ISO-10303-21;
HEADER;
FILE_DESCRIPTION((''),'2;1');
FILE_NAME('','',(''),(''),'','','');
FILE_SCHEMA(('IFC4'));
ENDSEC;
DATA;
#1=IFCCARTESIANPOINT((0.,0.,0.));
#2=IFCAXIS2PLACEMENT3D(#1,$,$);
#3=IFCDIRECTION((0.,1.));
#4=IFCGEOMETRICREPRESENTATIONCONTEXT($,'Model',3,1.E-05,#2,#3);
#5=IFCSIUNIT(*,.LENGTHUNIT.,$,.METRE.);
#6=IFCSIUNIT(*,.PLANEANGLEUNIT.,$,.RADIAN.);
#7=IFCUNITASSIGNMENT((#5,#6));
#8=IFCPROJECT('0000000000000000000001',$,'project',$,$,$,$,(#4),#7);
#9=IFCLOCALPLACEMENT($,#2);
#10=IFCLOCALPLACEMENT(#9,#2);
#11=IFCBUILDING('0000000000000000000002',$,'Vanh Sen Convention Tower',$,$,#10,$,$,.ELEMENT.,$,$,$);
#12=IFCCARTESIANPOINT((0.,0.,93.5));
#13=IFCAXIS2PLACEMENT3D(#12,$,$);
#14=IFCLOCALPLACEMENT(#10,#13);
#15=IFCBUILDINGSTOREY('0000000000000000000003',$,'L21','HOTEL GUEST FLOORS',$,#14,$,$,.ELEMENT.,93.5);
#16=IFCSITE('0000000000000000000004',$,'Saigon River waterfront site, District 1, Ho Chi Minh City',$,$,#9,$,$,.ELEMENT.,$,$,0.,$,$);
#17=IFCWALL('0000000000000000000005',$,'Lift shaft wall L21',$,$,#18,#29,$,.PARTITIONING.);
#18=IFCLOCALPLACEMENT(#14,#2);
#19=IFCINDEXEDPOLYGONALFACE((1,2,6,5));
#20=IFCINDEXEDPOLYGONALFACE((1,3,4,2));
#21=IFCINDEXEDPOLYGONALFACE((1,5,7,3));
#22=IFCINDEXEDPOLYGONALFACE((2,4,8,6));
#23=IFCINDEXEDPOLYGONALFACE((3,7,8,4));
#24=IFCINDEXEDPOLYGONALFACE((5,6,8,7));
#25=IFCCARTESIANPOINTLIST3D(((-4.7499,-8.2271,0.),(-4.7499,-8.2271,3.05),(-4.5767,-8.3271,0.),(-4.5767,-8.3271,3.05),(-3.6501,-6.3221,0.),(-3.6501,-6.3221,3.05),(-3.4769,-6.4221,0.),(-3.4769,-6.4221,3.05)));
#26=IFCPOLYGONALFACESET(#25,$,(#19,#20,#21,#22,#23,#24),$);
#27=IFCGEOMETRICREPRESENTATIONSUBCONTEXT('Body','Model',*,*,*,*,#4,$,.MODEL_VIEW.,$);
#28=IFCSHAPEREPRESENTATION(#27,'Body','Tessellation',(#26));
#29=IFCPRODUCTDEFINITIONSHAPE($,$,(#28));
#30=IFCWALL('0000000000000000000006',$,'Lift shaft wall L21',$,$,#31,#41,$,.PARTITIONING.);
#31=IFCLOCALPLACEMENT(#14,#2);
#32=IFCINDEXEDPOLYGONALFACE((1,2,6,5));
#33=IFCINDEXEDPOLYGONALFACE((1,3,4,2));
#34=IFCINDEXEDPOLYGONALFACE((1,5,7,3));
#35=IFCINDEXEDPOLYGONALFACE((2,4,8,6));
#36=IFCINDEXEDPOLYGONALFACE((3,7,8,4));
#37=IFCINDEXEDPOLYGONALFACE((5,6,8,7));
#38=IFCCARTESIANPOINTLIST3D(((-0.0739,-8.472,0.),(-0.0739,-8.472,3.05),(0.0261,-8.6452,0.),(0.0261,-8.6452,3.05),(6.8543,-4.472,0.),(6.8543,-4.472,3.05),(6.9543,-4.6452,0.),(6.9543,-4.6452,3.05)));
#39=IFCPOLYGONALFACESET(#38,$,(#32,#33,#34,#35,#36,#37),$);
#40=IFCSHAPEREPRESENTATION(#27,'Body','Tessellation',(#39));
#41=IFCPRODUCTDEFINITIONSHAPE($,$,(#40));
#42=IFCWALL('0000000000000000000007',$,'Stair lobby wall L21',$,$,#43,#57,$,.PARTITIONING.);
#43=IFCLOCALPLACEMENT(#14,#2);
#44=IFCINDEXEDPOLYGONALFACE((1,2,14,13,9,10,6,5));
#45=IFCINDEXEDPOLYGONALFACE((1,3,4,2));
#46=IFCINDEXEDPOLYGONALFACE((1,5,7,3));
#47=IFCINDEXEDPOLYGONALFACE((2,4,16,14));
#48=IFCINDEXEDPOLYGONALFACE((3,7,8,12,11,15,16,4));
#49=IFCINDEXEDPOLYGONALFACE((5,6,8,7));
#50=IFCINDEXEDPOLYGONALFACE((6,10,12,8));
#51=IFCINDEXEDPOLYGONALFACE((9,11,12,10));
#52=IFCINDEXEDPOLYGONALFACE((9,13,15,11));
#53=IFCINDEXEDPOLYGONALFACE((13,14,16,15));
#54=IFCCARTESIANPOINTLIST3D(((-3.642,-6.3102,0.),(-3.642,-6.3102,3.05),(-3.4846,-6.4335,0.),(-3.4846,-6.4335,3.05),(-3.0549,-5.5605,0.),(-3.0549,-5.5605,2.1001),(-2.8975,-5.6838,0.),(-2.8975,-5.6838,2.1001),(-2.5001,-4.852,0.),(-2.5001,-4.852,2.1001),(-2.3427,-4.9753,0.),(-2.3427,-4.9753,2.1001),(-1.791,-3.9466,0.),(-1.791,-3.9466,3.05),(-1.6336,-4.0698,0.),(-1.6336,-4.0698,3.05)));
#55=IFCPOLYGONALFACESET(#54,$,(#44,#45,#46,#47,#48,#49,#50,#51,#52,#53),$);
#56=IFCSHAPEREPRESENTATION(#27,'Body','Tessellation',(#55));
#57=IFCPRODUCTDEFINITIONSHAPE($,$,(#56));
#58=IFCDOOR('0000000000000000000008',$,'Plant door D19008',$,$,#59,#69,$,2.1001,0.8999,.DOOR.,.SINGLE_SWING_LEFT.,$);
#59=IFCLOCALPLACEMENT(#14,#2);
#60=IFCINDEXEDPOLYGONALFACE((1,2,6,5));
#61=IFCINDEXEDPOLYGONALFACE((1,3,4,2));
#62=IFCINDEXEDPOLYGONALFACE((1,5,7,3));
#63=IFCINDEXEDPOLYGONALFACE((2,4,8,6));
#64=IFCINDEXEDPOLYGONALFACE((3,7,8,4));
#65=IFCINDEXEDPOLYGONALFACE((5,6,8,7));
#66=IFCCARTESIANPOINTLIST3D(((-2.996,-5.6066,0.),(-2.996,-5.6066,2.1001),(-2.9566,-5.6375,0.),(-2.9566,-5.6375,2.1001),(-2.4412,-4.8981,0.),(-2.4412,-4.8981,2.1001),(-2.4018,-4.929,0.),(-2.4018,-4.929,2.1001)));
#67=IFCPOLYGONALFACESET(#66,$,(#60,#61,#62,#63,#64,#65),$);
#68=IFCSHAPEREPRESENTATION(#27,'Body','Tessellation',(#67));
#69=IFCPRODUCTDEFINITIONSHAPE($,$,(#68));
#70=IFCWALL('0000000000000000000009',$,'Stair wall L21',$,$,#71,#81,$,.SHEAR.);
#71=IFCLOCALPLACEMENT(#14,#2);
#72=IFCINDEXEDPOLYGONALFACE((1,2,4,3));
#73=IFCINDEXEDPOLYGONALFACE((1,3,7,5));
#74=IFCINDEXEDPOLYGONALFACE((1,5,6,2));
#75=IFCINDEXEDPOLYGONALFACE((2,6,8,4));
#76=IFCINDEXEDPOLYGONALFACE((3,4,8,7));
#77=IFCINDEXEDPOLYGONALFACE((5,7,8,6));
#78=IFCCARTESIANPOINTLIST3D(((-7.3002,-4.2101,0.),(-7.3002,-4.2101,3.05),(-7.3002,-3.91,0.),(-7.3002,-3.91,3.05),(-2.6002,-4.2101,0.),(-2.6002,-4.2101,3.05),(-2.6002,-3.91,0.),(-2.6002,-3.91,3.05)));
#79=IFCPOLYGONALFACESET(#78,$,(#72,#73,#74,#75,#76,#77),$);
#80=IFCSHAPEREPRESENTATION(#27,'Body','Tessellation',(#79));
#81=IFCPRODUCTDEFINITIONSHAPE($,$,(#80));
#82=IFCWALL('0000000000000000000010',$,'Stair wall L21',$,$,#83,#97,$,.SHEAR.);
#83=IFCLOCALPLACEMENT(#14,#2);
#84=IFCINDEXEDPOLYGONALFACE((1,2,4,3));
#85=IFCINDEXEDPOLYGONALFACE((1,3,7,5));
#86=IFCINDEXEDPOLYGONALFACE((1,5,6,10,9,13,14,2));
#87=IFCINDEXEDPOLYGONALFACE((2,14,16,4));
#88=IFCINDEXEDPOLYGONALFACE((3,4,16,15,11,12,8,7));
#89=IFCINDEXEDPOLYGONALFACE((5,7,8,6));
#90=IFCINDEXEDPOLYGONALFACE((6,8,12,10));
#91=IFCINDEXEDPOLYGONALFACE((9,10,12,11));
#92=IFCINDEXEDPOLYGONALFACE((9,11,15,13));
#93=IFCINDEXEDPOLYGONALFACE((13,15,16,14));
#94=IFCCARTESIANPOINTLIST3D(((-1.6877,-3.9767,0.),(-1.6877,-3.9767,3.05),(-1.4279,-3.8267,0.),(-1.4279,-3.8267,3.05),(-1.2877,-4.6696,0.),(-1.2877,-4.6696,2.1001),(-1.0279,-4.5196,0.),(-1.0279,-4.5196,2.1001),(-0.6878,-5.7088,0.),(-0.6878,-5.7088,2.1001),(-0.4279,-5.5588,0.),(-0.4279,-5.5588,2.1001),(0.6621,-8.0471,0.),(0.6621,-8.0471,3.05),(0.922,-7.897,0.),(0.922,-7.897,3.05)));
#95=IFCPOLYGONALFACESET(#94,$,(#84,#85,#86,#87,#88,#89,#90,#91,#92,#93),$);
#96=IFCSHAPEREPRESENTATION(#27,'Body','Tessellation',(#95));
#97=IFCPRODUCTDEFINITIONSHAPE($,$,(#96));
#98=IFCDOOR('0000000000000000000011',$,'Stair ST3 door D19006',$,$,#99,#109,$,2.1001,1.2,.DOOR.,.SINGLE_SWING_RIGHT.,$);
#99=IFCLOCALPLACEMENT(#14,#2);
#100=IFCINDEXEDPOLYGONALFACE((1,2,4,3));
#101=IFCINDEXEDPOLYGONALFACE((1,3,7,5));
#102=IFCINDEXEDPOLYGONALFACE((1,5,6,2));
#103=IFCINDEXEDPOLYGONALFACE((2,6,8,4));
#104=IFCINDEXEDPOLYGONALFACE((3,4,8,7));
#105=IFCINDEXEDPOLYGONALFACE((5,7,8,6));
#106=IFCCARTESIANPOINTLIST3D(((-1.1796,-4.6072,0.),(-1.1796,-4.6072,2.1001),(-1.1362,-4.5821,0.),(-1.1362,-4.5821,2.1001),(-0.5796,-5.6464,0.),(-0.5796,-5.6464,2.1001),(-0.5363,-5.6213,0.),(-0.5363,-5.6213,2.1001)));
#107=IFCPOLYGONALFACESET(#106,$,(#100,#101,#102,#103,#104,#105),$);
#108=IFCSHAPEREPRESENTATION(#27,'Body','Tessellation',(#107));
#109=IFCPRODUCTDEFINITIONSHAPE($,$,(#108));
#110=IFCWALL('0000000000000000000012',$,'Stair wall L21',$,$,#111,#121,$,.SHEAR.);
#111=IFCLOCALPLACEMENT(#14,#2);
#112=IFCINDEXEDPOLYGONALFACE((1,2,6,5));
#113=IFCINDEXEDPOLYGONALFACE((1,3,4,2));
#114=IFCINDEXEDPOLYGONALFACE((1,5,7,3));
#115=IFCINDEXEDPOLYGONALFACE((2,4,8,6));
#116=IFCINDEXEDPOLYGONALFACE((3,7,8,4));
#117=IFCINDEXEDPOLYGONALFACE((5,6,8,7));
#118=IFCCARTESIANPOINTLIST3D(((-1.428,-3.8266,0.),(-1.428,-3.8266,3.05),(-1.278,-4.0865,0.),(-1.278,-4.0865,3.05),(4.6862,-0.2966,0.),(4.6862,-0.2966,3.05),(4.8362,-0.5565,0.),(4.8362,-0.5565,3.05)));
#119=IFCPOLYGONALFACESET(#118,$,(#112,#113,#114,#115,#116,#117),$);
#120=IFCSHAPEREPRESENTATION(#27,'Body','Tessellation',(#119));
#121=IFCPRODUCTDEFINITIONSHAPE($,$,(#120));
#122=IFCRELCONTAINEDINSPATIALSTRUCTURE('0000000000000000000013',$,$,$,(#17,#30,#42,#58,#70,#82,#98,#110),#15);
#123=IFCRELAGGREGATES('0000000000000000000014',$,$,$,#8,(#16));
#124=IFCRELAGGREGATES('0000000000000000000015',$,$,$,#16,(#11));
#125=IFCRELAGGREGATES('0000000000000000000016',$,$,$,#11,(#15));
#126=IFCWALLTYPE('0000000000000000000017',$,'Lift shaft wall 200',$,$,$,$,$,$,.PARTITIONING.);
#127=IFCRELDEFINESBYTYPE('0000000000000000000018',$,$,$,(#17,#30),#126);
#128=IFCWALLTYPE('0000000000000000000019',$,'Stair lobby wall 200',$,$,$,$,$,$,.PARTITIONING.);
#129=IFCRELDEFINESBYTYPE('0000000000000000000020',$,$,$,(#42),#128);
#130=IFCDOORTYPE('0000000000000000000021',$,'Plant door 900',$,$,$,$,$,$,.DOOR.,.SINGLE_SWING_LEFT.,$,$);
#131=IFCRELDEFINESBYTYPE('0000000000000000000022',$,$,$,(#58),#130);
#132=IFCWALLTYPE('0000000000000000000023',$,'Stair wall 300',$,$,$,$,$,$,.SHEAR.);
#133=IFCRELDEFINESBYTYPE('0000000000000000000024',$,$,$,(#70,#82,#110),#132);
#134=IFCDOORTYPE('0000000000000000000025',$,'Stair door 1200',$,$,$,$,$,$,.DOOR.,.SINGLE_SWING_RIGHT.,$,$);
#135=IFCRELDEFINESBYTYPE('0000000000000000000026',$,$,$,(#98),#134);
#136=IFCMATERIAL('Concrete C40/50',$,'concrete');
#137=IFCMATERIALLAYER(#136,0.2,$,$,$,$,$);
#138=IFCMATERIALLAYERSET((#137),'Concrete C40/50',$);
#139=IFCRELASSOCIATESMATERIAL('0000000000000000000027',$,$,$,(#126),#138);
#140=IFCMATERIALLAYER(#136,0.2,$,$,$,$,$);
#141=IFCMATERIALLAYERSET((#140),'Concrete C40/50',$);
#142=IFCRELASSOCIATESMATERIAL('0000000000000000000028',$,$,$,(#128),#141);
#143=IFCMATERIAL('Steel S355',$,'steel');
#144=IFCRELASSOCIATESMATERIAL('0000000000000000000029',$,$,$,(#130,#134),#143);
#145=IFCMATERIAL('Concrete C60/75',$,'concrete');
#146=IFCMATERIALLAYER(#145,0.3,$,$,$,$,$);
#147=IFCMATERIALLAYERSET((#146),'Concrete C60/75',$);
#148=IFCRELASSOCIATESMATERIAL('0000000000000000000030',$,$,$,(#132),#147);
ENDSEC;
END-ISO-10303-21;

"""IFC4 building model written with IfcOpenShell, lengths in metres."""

from ifc_helpers import new_model, si_unit, direction, frame, frame_2d, origin, place, context, subcontext, project, spatial, rectangle, extrude, material, layer, layer_set, type_object, element, fill, save


model = new_model("IFC4")

# Units and contexts
model_context = context("Model", 3, precision=1e-05, world=origin(), true_north=direction((0.0, 1.0)))
body_context = subcontext(model_context, "Body", "Model", "MODEL_VIEW")
ifc_project = project(units=[si_unit("LENGTHUNIT", "METRE"), si_unit("PLANEANGLEUNIT", "RADIAN")], contexts=[model_context])

# Site, building, storey
site_placement = place(None, origin())
site = spatial("IfcSite", under=ifc_project, at=site_placement, Name="Saigon River waterfront site, District 1, Ho Chi Minh City", CompositionType="ELEMENT", RefElevation=0.0)
building_placement = place(site_placement, origin())
building = spatial("IfcBuilding", under=site, at=building_placement, Name="Vanh Sen Convention Tower", CompositionType="ELEMENT")
storey_placement = place(building_placement, frame((0.0, 0.0, 93.5)))
storey = spatial("IfcBuildingStorey", under=building, at=storey_placement, Name="L21", Description="HOTEL GUEST FLOORS", CompositionType="ELEMENT", Elevation=93.5)

# Shared definitions
ifc_material_1 = material(Name="Concrete C40/50", Category="concrete")

# Walls
ifc_layer_1 = layer(ifc_material_1, 0.2)
ifc_layer_set_1 = layer_set([ifc_layer_1], Name="Concrete C40/50")
wall_type_1 = type_object("IfcWallType", Name="Lift shaft wall 200", PredefinedType="PARTITIONING", material=ifc_layer_set_1)
wall_1_placement = place(storey_placement, frame((-3.5635, -6.3721, 0.0), z_axis=(0.0, 0.0, 1.0), x_axis=(-0.499995, -0.866028, 0.0)))
element("IfcWall", 1, at=wall_1_placement, inside=storey, type_object=wall_type_1, Name="Lift shaft wall L21", PredefinedType="PARTITIONING", context=body_context, shape_type="SweptSolid", body=[
    extrude(rectangle(XDim=2.1997, YDim=0.2, at=frame_2d((1.0999, 0.0))), origin(), (0.0, 0.0, 1.0), 3.05),
])
wall_2_placement = place(storey_placement, frame((-0.0239, -8.5586, 0.0), z_axis=(0.0, 0.0, 1.0), x_axis=(0.866026, 0.499999, 0.0)))
element("IfcWall", 2, at=wall_2_placement, inside=storey, type_object=wall_type_1, Name="Lift shaft wall L21", PredefinedType="PARTITIONING", context=body_context, shape_type="SweptSolid", body=[
    extrude(rectangle(XDim=8.0, YDim=0.2, at=frame_2d((4.0, 0.0))), origin(), (0.0, 0.0, 1.0), 3.05),
])

# Wall, opening, door
ifc_layer_2 = layer(ifc_material_1, 0.2)
ifc_layer_set_2 = layer_set([ifc_layer_2], Name="Concrete C40/50")
wall_type_2 = type_object("IfcWallType", Name="Stair lobby wall 200", PredefinedType="PARTITIONING", material=ifc_layer_set_2)
wall_3_placement = place(storey_placement, frame((-1.7124, -4.0083, 0.0), z_axis=(0.0, 0.0, 1.0), x_axis=(-0.616549, -0.787316, 0.0)))
wall_3 = element("IfcWall", 3, at=wall_3_placement, inside=storey, type_object=wall_type_2, Name="Stair lobby wall L21", PredefinedType="PARTITIONING", context=body_context, shape_type="SweptSolid", body=[
    extrude(rectangle(XDim=3.0022, YDim=0.2, at=frame_2d((1.501, 0.0))), origin(), (0.0, 0.0, 1.0), 3.05),
])
opening_1_placement = place(wall_3_placement, frame((1.1499, 0.0, 0.0)))
opening_1 = element("IfcOpeningElement", 4, at=opening_1_placement, cuts=wall_3, PredefinedType="OPENING", context=body_context, shape_type="SweptSolid", body=[
    extrude(rectangle(XDim=0.8999, YDim=2.1001, at=frame_2d((0.45, 1.05))), frame((0.0, 0.1099, 0.0), z_axis=(0.0, -1.0, 0.0), x_axis=(1.0, 0.0, 0.0)), (0.0, 0.0, 1.0), 0.22),
])
ifc_material_2 = material(Name="Steel S355", Category="steel")
door_type_1 = type_object("IfcDoorType", Name="Plant door 900", OperationType="SINGLE_SWING_LEFT", PredefinedType="DOOR", material=ifc_material_2)
door_1_placement = place(opening_1_placement, origin())
door_1 = element("IfcDoor", 5, at=door_1_placement, inside=storey, type_object=door_type_1, Name="Plant door D19008", OperationType="SINGLE_SWING_LEFT", OverallHeight=2.1001, OverallWidth=0.8999, PredefinedType="DOOR", context=body_context, shape_type="SweptSolid", body=[
    extrude(rectangle(XDim=0.8999, YDim=2.1001, at=frame_2d((0.45, 1.05))), frame((0.0, 0.0249, 0.0), z_axis=(0.0, -1.0, 0.0), x_axis=(1.0, 0.0, 0.0)), (0.0, 0.0, 1.0), 0.05),
])
fill(opening_1, door_1)

# Wall
ifc_material_3 = material(Name="Concrete C60/75", Category="concrete")
ifc_layer_3 = layer(ifc_material_3, 0.3)
ifc_layer_set_3 = layer_set([ifc_layer_3], Name="Concrete C60/75")
wall_type_3 = type_object("IfcWallType", Name="Stair wall 300", PredefinedType="SHEAR", material=ifc_layer_set_3)
wall_4_placement = place(storey_placement, frame((-2.6001, -4.0601, 0.0), z_axis=(0.0, 0.0, 1.0), x_axis=(-1.0, 0.0, 0.0)))
element("IfcWall", 6, at=wall_4_placement, inside=storey, type_object=wall_type_3, Name="Stair wall L21", PredefinedType="SHEAR", context=body_context, shape_type="SweptSolid", body=[
    extrude(rectangle(XDim=4.7, YDim=0.3, at=frame_2d((2.3501, 0.0))), origin(), (0.0, 0.0, 1.0), 3.05),
])

# Wall, opening, door
wall_5_placement = place(storey_placement, frame((-1.5579, -3.9016, 0.0), z_axis=(0.0, 0.0, 1.0), x_axis=(0.499977, -0.866039, 0.0)))
wall_5 = element("IfcWall", 7, at=wall_5_placement, inside=storey, type_object=wall_type_3, Name="Stair wall L21", PredefinedType="SHEAR", context=body_context, shape_type="SweptSolid", body=[
    extrude(rectangle(XDim=4.7, YDim=0.3, at=frame_2d((2.3501, 0.0))), origin(), (0.0, 0.0, 1.0), 3.05),
])
opening_2_placement = place(wall_5_placement, frame((0.8, 0.0, 0.0)))
opening_2 = element("IfcOpeningElement", 8, at=opening_2_placement, cuts=wall_5, PredefinedType="OPENING", context=body_context, shape_type="SweptSolid", body=[
    extrude(rectangle(XDim=1.2, YDim=2.1001, at=frame_2d((0.6001, 1.05))), frame((0.0, 0.1599, 0.0), z_axis=(0.0, -1.0, 0.0), x_axis=(1.0, 0.0, 0.0)), (0.0, 0.0, 1.0), 0.3201),
])
door_type_2 = type_object("IfcDoorType", Name="Stair door 1200", OperationType="SINGLE_SWING_RIGHT", PredefinedType="DOOR", material=ifc_material_2)
door_2_placement = place(opening_2_placement, origin())
door_2 = element("IfcDoor", 9, at=door_2_placement, inside=storey, type_object=door_type_2, Name="Stair ST3 door D19006", OperationType="SINGLE_SWING_RIGHT", OverallHeight=2.1001, OverallWidth=1.2, PredefinedType="DOOR", context=body_context, shape_type="SweptSolid", body=[
    extrude(rectangle(XDim=1.2, YDim=2.1001, at=frame_2d((0.6001, 1.05))), frame((0.0, 0.0249, 0.0), z_axis=(0.0, -1.0, 0.0), x_axis=(1.0, 0.0, 0.0)), (0.0, 0.0, 1.0), 0.05),
])
fill(opening_2, door_2)

# Wall
wall_6_placement = place(storey_placement, frame((-1.353, -3.9565, 0.0), z_axis=(0.0, 0.0, 1.0), x_axis=(0.866028, 0.499996, 0.0)))
element("IfcWall", 10, at=wall_6_placement, inside=storey, type_object=wall_type_3, Name="Stair wall L21", PredefinedType="SHEAR", context=body_context, shape_type="SweptSolid", body=[
    extrude(rectangle(XDim=7.0601, YDim=0.3, at=frame_2d((3.53, 0.0))), origin(), (0.0, 0.0, 1.0), 3.05),
])

save(model, "model.ifc")
